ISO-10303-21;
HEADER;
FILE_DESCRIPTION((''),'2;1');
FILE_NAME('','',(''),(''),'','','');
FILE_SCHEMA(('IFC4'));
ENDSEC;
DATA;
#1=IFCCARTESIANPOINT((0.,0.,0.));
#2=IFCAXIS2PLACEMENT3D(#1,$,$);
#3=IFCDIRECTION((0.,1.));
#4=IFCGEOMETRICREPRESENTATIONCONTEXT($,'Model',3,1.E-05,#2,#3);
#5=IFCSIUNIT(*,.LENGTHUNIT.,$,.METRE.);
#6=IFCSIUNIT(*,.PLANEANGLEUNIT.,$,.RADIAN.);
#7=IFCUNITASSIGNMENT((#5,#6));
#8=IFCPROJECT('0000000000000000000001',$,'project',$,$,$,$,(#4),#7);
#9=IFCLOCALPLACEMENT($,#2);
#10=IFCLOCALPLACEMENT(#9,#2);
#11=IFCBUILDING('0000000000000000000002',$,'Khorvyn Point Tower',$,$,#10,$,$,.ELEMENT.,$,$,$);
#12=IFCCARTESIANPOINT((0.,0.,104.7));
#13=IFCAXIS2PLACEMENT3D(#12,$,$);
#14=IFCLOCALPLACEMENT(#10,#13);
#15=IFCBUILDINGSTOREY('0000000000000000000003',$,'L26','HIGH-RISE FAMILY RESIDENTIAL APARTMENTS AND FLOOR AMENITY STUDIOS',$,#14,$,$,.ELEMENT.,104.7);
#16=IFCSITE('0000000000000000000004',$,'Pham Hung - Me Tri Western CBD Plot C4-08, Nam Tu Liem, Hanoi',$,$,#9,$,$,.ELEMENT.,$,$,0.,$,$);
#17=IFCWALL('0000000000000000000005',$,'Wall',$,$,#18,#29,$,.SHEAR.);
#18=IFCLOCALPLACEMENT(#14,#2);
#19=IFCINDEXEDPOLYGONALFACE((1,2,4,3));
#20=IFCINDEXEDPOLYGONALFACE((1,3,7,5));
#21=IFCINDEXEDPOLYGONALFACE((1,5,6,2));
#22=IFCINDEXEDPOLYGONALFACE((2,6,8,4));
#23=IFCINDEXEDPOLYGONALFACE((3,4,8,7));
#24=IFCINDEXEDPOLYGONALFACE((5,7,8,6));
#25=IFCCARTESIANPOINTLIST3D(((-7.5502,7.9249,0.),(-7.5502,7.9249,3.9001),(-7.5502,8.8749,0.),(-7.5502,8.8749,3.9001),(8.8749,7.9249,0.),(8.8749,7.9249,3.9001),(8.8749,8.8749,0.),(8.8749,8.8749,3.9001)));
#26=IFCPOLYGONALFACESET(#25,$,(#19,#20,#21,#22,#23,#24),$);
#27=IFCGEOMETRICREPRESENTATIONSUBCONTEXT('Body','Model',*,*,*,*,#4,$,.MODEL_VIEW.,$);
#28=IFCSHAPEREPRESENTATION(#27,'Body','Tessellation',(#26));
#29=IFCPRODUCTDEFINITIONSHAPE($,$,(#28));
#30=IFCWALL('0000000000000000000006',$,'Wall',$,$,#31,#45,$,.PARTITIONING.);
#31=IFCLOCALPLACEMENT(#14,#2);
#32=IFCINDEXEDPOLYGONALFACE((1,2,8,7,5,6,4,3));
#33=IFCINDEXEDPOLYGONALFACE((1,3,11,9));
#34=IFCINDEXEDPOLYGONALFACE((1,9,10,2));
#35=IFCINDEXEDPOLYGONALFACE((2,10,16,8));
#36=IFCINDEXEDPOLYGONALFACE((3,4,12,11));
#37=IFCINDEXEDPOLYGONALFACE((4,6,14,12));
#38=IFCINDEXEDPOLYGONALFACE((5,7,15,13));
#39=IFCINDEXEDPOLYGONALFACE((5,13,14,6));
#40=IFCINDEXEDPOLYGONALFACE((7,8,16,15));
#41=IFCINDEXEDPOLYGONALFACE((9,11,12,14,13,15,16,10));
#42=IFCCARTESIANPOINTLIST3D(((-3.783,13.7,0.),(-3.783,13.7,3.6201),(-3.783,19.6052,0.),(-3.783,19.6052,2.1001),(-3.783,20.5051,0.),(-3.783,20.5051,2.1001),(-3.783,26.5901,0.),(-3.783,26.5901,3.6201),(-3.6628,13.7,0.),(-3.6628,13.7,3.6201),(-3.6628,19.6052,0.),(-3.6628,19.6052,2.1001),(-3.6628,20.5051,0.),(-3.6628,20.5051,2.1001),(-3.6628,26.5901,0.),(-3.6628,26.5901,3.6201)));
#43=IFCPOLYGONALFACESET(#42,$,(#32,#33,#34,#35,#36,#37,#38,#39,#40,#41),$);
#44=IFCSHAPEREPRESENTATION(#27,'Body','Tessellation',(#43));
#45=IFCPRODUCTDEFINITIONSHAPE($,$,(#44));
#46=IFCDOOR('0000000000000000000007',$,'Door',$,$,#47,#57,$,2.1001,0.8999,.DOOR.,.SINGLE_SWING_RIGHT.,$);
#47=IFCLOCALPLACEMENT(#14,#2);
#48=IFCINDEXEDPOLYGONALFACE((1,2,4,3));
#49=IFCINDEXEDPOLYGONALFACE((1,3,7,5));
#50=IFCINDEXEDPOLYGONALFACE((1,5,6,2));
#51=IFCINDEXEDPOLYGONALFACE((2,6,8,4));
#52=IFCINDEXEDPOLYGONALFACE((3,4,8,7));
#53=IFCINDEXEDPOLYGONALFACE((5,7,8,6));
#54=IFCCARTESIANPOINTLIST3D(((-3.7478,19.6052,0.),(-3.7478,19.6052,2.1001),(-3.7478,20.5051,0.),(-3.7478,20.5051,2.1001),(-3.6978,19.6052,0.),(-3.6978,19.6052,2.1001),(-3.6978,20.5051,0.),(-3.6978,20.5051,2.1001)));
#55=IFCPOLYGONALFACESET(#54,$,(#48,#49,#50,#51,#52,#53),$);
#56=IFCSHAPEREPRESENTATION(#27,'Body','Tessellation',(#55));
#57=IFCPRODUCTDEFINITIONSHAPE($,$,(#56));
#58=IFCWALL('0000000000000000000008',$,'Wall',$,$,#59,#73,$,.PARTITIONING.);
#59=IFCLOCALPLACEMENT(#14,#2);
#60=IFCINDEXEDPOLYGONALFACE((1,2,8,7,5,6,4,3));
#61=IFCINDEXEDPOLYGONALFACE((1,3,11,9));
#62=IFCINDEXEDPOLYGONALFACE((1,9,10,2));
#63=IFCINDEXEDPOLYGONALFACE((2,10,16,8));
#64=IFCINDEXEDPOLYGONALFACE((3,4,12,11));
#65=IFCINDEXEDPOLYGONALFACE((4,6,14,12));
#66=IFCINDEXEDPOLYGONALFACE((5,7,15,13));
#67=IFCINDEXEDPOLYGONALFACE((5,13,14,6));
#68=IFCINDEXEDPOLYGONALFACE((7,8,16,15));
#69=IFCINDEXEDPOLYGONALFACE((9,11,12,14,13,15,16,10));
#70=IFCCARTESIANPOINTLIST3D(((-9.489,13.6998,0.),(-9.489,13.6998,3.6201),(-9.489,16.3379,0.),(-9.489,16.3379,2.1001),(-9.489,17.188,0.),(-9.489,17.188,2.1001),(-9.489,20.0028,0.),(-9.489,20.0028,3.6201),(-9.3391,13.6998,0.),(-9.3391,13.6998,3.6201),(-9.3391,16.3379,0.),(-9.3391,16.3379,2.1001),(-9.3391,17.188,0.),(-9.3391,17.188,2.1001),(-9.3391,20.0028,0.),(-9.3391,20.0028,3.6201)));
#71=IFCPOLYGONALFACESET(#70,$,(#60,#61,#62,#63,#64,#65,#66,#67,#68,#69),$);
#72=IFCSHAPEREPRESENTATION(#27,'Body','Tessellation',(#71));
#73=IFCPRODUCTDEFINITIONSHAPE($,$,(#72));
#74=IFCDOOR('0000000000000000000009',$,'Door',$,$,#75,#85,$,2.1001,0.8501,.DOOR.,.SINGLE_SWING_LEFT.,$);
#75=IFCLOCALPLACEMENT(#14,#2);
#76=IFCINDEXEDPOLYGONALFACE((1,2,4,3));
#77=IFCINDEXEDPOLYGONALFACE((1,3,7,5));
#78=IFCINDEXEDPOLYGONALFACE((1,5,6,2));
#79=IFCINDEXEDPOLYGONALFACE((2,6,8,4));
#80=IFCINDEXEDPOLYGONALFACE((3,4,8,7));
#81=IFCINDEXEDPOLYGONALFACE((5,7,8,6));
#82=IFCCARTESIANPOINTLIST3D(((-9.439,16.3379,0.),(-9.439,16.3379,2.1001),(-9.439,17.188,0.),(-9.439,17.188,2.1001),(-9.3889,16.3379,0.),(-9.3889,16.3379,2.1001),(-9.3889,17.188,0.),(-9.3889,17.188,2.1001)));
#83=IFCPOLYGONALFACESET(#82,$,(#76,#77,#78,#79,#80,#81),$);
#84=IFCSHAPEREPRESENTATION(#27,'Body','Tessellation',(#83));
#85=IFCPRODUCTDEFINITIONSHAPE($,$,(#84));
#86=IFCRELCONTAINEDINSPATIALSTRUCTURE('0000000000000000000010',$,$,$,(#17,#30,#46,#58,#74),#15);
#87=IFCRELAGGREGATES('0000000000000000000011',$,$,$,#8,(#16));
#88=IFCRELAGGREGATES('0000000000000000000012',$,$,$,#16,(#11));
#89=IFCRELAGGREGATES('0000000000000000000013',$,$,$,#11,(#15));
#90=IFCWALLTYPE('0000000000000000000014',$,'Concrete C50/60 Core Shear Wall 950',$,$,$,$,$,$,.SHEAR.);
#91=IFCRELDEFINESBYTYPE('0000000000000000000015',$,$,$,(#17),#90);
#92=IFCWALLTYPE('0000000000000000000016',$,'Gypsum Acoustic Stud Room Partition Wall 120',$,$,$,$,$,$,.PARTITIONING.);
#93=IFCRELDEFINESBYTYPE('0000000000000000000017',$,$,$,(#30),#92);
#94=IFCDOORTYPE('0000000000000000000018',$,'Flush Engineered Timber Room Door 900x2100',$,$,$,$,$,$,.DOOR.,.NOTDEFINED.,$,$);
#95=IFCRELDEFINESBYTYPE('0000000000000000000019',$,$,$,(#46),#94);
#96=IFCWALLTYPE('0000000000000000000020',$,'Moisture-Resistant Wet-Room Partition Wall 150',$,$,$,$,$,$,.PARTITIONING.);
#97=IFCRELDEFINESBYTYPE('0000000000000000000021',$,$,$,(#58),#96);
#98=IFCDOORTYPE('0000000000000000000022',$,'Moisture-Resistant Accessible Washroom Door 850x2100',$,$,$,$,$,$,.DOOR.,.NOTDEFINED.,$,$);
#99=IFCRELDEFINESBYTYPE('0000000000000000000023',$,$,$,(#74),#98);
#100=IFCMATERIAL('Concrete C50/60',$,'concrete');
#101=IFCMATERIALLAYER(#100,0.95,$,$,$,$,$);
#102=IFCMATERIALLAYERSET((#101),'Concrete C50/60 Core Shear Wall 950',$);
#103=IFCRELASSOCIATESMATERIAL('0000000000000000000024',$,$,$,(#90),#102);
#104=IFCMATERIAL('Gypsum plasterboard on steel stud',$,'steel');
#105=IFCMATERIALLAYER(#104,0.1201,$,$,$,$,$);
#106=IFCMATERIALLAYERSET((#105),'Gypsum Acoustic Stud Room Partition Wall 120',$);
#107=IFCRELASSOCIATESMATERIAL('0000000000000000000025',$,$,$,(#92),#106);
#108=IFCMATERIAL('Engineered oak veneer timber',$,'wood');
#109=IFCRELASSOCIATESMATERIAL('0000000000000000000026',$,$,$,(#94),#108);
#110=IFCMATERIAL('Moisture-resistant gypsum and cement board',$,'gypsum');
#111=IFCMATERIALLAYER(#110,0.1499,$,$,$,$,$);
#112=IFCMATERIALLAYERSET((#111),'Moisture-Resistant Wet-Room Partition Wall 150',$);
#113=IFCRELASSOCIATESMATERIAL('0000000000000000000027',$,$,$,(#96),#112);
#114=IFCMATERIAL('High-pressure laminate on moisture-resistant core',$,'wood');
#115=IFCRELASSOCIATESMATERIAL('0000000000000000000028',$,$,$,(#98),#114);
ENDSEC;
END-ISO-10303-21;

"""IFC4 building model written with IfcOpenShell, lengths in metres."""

from ifc_helpers import new_model, si_unit, direction, frame, frame_2d, origin, place, context, subcontext, project, spatial, rectangle, extrude, material, layer, layer_set, type_object, element, fill, save


model = new_model("IFC4")

# Units and contexts
model_context = context("Model", 3, precision=1e-05, world=origin(), true_north=direction((0.0, 1.0)))
body_context = subcontext(model_context, "Body", "Model", "MODEL_VIEW")
ifc_project = project(units=[si_unit("LENGTHUNIT", "METRE"), si_unit("PLANEANGLEUNIT", "RADIAN")], contexts=[model_context])

# Site, building, storey
site_placement = place(None, origin())
site = spatial("IfcSite", under=ifc_project, at=site_placement, Name="Pham Hung - Me Tri Western CBD Plot C4-08, Nam Tu Liem, Hanoi", CompositionType="ELEMENT", RefElevation=0.0)
building_placement = place(site_placement, origin())
building = spatial("IfcBuilding", under=site, at=building_placement, Name="Khorvyn Point Tower", CompositionType="ELEMENT")
storey_placement = place(building_placement, frame((0.0, 0.0, 104.7)))
storey = spatial("IfcBuildingStorey", under=building, at=storey_placement, Name="L26", Description="HIGH-RISE FAMILY RESIDENTIAL APARTMENTS AND FLOOR AMENITY STUDIOS", CompositionType="ELEMENT", Elevation=104.7)

# Shared definitions
ifc_material_1 = material(Name="Concrete C50/60", Category="concrete")

# Wall
ifc_layer_1 = layer(ifc_material_1, 0.95)
ifc_layer_set_1 = layer_set([ifc_layer_1], Name="Concrete C50/60 Core Shear Wall 950")
wall_type_1 = type_object("IfcWallType", Name="Concrete C50/60 Core Shear Wall 950", PredefinedType="SHEAR", material=ifc_layer_set_1)
wall_1_placement = place(storey_placement, frame((-7.55, 8.3999, 0.0), z_axis=(0.0, 0.0, 1.0), x_axis=(1.0, 0.0, 0.0)))
element("IfcWall", 1, at=wall_1_placement, inside=storey, type_object=wall_type_1, Name="Wall", PredefinedType="SHEAR", context=body_context, shape_type="SweptSolid", body=[
    extrude(rectangle(XDim=16.425, YDim=0.95, at=frame_2d((8.2124, 0.0))), origin(), (0.0, 0.0, 1.0), 3.9001),
])

# Walls, openings, doors
ifc_material_2 = material(Name="Gypsum plasterboard on steel stud", Category="steel")
ifc_layer_2 = layer(ifc_material_2, 0.1201)
ifc_layer_set_2 = layer_set([ifc_layer_2], Name="Gypsum Acoustic Stud Room Partition Wall 120")
wall_type_2 = type_object("IfcWallType", Name="Gypsum Acoustic Stud Room Partition Wall 120", PredefinedType="PARTITIONING", material=ifc_layer_set_2)
wall_2_placement = place(storey_placement, frame((-3.7229, 13.7, 0.0), z_axis=(0.0, 0.0, 1.0), x_axis=(0.0, 1.0, 0.0)))
wall_2 = element("IfcWall", 2, at=wall_2_placement, inside=storey, type_object=wall_type_2, Name="Wall", PredefinedType="PARTITIONING", context=body_context, shape_type="SweptSolid", body=[
    extrude(rectangle(XDim=12.8901, YDim=0.1201, at=frame_2d((6.4451, 0.0))), origin(), (0.0, 0.0, 1.0), 3.6201),
])
opening_1_placement = place(wall_2_placement, frame((5.9053, 0.0, 0.0)))
opening_1 = element("IfcOpeningElement", 3, at=opening_1_placement, cuts=wall_2, PredefinedType="OPENING", context=body_context, shape_type="SweptSolid", body=[
    extrude(rectangle(XDim=0.8999, YDim=2.1001, at=frame_2d((0.45, 1.05))), frame((0.0, 0.0701, 0.0), z_axis=(0.0, -1.0, 0.0), x_axis=(1.0, 0.0, 0.0)), (0.0, 0.0, 1.0), 0.1401),
])
ifc_material_3 = material(Name="Engineered oak veneer timber", Category="wood")
door_type_1 = type_object("IfcDoorType", Name="Flush Engineered Timber Room Door 900x2100", OperationType="NOTDEFINED", PredefinedType="DOOR", material=ifc_material_3)
door_1_placement = place(opening_1_placement, origin())
door_1 = element("IfcDoor", 4, at=door_1_placement, inside=storey, type_object=door_type_1, Name="Door", OperationType="SINGLE_SWING_RIGHT", OverallHeight=2.1001, OverallWidth=0.8999, PredefinedType="DOOR", context=body_context, shape_type="SweptSolid", body=[
    extrude(rectangle(XDim=0.8999, YDim=2.1001, at=frame_2d((0.45, 1.05))), frame((0.0, 0.0249, 0.0), z_axis=(0.0, -1.0, 0.0), x_axis=(1.0, 0.0, 0.0)), (0.0, 0.0, 1.0), 0.05),
])
fill(opening_1, door_1)
ifc_material_4 = material(Name="Moisture-resistant gypsum and cement board", Category="gypsum")
ifc_layer_3 = layer(ifc_material_4, 0.1499)
ifc_layer_set_3 = layer_set([ifc_layer_3], Name="Moisture-Resistant Wet-Room Partition Wall 150")
wall_type_3 = type_object("IfcWallType", Name="Moisture-Resistant Wet-Room Partition Wall 150", PredefinedType="PARTITIONING", material=ifc_layer_set_3)
wall_3_placement = place(storey_placement, frame((-9.4141, 13.7, 0.0), z_axis=(0.0, 0.0, 1.0), x_axis=(0.0, 1.0, 0.0)))
wall_3 = element("IfcWall", 5, at=wall_3_placement, inside=storey, type_object=wall_type_3, Name="Wall", PredefinedType="PARTITIONING", context=body_context, shape_type="SweptSolid", body=[
    extrude(rectangle(XDim=6.303, YDim=0.1499, at=frame_2d((3.1514, 0.0))), origin(), (0.0, 0.0, 1.0), 3.6201),
])
opening_2_placement = place(wall_3_placement, frame((2.6379, 0.0, 0.0)))
opening_2 = element("IfcOpeningElement", 6, at=opening_2_placement, cuts=wall_3, PredefinedType="OPENING", context=body_context, shape_type="SweptSolid", body=[
    extrude(rectangle(XDim=0.8501, YDim=2.1001, at=frame_2d((0.425, 1.05))), frame((0.0, 0.085, 0.0), z_axis=(0.0, -1.0, 0.0), x_axis=(1.0, 0.0, 0.0)), (0.0, 0.0, 1.0), 0.1699),
])
ifc_material_5 = material(Name="High-pressure laminate on moisture-resistant core", Category="wood")
door_type_2 = type_object("IfcDoorType", Name="Moisture-Resistant Accessible Washroom Door 850x2100", OperationType="NOTDEFINED", PredefinedType="DOOR", material=ifc_material_5)
door_2_placement = place(opening_2_placement, origin())
door_2 = element("IfcDoor", 7, at=door_2_placement, inside=storey, type_object=door_type_2, Name="Door", OperationType="SINGLE_SWING_LEFT", OverallHeight=2.1001, OverallWidth=0.8501, PredefinedType="DOOR", context=body_context, shape_type="SweptSolid", body=[
    extrude(rectangle(XDim=0.8501, YDim=2.1001, at=frame_2d((0.425, 1.05))), frame((0.0, 0.0249, 0.0), z_axis=(0.0, -1.0, 0.0), x_axis=(1.0, 0.0, 0.0)), (0.0, 0.0, 1.0), 0.05),
])
fill(opening_2, door_2)

save(model, "model.ifc")
